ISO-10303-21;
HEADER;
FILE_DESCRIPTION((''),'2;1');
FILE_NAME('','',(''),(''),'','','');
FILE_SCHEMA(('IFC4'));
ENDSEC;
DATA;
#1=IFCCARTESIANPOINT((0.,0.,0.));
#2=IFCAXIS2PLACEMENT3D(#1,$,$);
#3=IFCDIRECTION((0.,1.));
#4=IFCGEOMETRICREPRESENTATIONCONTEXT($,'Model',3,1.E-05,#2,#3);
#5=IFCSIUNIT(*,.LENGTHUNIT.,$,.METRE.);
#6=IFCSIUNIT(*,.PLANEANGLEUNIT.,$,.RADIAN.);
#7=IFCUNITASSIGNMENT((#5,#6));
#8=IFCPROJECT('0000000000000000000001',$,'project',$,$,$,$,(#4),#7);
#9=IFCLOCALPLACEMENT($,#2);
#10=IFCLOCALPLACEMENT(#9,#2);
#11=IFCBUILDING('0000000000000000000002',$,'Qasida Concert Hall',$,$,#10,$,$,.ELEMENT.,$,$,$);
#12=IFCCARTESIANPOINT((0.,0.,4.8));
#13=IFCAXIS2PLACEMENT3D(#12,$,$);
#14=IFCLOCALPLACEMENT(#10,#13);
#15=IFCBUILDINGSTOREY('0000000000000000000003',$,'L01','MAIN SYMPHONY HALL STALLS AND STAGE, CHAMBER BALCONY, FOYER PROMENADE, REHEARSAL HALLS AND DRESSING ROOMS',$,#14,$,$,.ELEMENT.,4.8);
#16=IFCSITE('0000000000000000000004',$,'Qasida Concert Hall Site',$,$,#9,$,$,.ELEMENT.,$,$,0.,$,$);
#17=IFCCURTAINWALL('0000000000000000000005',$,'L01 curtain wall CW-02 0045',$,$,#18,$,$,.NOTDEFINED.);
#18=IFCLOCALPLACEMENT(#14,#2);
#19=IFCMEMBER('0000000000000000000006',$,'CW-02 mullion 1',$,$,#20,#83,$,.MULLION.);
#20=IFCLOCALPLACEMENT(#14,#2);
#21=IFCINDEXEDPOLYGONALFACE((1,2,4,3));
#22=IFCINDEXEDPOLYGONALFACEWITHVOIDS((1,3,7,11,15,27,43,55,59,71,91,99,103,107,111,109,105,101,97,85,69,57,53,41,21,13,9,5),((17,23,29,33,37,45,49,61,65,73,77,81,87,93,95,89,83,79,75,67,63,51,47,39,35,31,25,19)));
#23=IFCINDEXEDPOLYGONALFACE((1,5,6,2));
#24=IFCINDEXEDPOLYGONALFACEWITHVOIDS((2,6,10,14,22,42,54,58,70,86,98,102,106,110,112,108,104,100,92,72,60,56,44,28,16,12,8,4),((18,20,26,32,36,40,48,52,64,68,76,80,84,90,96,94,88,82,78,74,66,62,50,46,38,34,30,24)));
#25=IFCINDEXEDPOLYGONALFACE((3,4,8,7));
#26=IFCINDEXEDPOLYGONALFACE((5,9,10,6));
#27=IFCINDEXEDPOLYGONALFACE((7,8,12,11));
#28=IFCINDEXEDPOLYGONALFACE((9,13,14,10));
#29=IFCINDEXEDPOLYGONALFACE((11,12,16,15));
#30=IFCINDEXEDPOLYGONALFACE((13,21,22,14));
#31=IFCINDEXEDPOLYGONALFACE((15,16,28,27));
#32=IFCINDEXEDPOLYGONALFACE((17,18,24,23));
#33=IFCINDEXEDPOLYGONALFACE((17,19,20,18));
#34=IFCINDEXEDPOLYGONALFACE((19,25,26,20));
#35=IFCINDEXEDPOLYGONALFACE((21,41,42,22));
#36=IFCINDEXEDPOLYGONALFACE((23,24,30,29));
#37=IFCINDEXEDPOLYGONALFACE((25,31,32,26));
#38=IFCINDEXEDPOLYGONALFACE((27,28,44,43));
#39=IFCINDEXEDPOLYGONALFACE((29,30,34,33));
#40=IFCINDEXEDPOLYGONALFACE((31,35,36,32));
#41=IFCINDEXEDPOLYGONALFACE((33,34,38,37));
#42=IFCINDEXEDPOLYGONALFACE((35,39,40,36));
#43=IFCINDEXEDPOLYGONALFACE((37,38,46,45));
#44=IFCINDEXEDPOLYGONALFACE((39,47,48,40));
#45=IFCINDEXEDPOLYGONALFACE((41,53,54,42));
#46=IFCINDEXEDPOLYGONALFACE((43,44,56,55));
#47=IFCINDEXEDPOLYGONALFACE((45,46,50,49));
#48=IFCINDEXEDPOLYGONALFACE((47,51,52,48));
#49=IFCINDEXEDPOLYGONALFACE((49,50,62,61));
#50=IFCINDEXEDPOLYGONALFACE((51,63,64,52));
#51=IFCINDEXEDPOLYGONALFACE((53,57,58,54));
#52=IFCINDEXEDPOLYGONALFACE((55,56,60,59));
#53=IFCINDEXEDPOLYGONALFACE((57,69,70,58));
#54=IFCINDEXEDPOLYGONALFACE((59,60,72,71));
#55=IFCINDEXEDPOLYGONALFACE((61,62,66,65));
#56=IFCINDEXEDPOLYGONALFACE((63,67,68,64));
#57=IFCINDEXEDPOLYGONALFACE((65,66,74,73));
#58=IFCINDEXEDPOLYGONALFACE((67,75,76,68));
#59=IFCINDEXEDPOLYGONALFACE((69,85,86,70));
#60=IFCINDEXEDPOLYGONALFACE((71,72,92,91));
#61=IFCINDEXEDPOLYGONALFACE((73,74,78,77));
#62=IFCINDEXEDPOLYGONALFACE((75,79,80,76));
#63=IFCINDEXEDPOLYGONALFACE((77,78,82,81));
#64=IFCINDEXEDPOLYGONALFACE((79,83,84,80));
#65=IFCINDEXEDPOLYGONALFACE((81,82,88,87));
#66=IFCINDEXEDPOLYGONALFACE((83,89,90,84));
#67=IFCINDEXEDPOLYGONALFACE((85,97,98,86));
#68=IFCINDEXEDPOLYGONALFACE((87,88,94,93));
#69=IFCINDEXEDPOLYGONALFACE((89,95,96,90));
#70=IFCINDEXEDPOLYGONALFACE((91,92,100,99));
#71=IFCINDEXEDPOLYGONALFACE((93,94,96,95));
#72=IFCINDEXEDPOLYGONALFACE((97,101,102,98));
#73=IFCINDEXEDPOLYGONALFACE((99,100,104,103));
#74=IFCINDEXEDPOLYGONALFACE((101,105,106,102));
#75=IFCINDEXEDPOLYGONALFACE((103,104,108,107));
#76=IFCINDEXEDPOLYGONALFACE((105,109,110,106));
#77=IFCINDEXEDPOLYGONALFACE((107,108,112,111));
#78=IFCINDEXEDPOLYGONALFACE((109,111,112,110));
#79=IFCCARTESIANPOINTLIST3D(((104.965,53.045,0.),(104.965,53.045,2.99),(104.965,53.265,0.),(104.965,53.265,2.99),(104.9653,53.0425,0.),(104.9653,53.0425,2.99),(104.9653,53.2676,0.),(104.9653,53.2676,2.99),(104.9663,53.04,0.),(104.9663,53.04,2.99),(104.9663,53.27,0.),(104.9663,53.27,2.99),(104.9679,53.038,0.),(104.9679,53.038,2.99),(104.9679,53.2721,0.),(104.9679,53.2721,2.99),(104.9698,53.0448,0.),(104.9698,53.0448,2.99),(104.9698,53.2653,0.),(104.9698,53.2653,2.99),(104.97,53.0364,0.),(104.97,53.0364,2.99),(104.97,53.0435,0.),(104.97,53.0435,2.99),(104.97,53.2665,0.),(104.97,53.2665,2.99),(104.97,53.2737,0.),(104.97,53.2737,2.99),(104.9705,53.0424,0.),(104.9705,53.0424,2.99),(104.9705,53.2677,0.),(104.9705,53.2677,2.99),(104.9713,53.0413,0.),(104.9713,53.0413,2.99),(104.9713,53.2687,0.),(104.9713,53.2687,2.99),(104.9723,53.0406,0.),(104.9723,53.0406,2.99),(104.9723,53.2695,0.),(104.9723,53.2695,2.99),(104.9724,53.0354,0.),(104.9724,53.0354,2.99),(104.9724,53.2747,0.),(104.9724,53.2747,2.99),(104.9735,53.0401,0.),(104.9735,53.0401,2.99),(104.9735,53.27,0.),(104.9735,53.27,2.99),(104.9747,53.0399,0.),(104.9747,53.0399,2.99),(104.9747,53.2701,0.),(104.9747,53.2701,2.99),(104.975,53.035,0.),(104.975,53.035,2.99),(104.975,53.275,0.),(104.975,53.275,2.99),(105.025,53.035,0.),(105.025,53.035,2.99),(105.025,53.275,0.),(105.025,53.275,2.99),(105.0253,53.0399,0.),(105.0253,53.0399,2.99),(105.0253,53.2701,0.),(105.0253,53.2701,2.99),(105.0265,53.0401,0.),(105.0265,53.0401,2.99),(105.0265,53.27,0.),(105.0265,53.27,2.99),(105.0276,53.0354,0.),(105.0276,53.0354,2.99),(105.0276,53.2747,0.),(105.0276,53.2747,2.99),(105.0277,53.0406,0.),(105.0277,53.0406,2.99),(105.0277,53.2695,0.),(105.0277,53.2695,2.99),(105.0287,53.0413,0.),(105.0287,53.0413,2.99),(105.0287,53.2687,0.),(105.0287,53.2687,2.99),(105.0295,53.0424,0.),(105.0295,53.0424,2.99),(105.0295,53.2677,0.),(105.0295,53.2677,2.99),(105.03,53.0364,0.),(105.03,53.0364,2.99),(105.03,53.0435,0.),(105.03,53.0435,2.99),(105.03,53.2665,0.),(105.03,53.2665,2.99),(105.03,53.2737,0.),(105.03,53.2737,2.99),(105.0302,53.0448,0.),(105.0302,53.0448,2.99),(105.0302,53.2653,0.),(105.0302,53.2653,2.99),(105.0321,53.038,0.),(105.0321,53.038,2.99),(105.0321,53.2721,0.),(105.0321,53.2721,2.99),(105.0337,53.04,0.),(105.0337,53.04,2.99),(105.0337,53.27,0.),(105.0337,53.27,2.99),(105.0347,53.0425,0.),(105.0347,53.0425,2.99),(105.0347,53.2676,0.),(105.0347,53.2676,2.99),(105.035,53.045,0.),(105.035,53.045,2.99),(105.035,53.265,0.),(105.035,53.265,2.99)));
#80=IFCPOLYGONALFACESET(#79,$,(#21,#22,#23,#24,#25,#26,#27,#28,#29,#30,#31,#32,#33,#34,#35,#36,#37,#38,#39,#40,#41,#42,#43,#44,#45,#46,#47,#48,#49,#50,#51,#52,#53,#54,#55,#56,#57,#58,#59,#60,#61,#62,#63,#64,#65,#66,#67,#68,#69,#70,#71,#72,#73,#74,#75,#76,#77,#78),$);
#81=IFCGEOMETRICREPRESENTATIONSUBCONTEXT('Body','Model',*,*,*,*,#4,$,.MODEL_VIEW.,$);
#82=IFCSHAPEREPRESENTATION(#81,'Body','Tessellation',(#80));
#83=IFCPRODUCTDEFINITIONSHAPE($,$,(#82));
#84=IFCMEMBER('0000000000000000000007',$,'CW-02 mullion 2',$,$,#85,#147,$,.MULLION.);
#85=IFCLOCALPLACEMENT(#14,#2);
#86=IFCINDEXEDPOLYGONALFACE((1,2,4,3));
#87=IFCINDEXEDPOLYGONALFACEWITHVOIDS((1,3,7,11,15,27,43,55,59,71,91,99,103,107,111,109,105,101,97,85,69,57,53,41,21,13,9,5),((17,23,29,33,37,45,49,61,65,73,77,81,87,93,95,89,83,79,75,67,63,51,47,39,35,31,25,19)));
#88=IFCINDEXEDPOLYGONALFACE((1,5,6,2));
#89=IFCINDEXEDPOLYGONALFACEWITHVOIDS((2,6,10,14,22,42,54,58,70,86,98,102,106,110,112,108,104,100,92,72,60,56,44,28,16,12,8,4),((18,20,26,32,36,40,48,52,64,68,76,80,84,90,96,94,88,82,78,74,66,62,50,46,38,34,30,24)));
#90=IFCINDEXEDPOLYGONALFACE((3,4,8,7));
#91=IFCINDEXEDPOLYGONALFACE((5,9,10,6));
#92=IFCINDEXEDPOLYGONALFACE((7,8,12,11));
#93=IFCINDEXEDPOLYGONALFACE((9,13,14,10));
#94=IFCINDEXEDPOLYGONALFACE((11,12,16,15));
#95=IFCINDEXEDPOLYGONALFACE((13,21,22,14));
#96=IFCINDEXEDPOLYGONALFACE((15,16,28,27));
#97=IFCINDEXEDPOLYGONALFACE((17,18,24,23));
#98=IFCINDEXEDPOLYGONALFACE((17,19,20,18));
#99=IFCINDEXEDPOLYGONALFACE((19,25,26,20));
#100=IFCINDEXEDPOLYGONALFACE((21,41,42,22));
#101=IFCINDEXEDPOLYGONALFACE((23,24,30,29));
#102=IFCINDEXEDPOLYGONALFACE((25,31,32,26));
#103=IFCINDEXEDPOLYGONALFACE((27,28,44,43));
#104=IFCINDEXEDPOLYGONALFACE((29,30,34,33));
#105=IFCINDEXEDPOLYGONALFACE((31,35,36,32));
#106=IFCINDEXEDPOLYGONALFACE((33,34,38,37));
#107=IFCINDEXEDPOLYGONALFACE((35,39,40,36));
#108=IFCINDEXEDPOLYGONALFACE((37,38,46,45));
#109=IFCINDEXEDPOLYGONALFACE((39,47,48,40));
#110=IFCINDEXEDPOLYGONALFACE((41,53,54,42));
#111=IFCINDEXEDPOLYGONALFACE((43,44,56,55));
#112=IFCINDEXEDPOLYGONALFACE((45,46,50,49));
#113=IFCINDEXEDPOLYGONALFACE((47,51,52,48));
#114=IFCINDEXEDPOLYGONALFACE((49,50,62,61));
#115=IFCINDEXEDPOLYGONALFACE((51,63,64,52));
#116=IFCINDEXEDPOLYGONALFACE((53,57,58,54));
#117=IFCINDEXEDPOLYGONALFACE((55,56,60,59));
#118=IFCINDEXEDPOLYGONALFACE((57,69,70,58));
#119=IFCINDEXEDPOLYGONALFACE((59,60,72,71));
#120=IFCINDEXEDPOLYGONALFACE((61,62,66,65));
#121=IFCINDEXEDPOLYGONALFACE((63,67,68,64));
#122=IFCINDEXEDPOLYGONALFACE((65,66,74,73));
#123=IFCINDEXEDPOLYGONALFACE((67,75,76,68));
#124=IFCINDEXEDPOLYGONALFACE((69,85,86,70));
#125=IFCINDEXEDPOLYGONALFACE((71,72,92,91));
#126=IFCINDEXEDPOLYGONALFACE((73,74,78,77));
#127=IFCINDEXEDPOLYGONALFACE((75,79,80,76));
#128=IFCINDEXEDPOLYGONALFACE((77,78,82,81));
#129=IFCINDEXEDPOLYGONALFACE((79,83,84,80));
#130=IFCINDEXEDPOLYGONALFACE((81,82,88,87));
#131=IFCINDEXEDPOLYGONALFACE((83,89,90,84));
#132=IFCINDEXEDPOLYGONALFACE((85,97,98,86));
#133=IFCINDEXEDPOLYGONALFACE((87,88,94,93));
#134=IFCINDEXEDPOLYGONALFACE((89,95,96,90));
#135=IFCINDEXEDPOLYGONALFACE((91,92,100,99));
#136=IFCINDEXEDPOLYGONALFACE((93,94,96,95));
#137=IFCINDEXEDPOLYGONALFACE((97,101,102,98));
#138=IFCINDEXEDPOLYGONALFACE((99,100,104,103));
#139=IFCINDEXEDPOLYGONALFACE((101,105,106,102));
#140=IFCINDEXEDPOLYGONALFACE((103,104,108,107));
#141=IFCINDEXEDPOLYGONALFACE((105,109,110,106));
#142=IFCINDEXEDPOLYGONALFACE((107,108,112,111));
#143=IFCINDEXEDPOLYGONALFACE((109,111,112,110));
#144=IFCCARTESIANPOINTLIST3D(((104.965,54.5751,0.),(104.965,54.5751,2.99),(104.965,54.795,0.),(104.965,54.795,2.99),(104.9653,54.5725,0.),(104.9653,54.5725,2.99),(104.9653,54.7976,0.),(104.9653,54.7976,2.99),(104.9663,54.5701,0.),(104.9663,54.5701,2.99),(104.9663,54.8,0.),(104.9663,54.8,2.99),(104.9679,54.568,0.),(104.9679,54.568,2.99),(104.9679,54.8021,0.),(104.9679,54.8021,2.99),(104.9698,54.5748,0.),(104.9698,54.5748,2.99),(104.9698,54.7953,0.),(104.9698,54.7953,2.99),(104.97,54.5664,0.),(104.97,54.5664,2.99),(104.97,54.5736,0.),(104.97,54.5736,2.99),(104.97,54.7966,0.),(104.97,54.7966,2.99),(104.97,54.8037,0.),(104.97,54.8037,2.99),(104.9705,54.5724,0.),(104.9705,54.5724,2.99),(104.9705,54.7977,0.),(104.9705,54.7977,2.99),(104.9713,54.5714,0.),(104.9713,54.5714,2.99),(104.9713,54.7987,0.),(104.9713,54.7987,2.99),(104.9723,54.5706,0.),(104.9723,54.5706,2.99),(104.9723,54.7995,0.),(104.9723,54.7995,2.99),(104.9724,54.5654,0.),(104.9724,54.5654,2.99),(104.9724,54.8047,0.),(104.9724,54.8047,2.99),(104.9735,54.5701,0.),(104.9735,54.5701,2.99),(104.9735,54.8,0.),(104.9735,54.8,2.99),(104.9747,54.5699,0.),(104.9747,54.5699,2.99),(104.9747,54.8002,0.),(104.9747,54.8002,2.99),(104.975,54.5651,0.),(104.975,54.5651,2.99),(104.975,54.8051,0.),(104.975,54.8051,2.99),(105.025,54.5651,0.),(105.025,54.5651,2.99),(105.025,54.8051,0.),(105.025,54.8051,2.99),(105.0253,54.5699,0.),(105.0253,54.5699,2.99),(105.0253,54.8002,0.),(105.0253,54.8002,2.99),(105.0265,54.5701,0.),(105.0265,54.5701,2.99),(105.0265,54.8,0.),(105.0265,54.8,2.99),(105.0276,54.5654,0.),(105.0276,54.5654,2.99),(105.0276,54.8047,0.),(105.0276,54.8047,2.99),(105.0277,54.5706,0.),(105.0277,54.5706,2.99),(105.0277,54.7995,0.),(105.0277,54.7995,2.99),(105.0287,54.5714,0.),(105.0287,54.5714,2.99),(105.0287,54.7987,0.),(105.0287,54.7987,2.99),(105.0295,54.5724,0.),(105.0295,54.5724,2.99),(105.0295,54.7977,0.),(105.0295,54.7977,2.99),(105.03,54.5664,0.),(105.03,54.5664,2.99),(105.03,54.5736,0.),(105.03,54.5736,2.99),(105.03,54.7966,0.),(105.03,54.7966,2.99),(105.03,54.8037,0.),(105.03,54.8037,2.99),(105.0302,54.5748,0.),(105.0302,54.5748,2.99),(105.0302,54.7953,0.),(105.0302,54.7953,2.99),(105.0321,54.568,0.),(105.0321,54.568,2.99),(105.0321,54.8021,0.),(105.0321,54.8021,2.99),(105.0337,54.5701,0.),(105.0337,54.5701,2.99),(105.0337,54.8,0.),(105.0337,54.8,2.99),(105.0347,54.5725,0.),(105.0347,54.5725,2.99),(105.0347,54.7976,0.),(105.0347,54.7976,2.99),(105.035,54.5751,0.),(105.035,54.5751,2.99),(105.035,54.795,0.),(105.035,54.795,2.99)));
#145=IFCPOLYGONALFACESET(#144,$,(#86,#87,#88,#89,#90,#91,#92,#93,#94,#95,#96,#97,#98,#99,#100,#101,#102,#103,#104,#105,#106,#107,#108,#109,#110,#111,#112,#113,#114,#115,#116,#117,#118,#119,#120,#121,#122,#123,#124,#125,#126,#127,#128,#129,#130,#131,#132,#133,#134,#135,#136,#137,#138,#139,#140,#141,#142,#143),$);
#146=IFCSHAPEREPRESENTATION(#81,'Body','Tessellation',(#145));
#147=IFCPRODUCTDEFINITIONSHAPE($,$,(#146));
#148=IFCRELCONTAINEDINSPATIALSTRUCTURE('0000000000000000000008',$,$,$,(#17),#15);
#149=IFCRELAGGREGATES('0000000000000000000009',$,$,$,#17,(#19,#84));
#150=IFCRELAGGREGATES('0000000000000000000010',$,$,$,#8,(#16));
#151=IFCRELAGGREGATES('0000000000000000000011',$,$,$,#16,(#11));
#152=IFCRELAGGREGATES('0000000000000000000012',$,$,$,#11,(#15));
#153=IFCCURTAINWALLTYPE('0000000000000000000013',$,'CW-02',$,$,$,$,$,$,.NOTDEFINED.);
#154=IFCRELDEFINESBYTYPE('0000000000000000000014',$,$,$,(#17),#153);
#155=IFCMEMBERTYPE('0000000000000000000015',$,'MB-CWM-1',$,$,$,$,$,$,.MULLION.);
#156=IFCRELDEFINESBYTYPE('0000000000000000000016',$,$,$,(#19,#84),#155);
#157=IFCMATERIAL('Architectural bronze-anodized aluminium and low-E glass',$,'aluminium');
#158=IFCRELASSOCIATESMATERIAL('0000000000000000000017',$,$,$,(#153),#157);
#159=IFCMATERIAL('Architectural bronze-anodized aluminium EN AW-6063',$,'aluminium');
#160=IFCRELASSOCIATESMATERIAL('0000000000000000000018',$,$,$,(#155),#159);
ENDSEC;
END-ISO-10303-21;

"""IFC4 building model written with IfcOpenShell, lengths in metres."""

from ifc_helpers import new_model, si_unit, direction, frame, origin, origin_2d, place, context, subcontext, project, spatial, hollow_rectangle, extrude, material, material_profile, profile_set, type_object, element, aggregate, save


model = new_model("IFC4")

# Units and contexts
model_context = context("Model", 3, precision=1e-05, world=origin(), true_north=direction((0.0, 1.0)))
body_context = subcontext(model_context, "Body", "Model", "MODEL_VIEW")
ifc_project = project(units=[si_unit("LENGTHUNIT", "METRE"), si_unit("PLANEANGLEUNIT", "RADIAN")], contexts=[model_context])

# Site, building, storey
site_placement = place(None, origin())
site = spatial("IfcSite", under=ifc_project, at=site_placement, Name="Qasida Concert Hall Site", CompositionType="ELEMENT", RefElevation=0.0)
building_placement = place(site_placement, origin())
building = spatial("IfcBuilding", under=site, at=building_placement, Name="Qasida Concert Hall", CompositionType="ELEMENT")
storey_placement = place(building_placement, frame((0.0, 0.0, 4.8)))
storey = spatial("IfcBuildingStorey", under=building, at=storey_placement, Name="L01", Description="MAIN SYMPHONY HALL STALLS AND STAGE, CHAMBER BALCONY, FOYER PROMENADE, REHEARSAL HALLS AND DRESSING ROOMS", CompositionType="ELEMENT", Elevation=4.8)

# Curtain wall, members
ifc_material_1 = material(Name="Architectural bronze-anodized aluminium and low-E glass", Category="aluminium")
curtain_wall_type = type_object("IfcCurtainWallType", Name="CW-02", PredefinedType="NOTDEFINED", material=ifc_material_1)
curtain_wall_placement = place(storey_placement, origin())
curtain_wall = element("IfcCurtainWall", 1, at=curtain_wall_placement, inside=storey, type_object=curtain_wall_type, Name="L01 curtain wall CW-02 0045", PredefinedType="NOTDEFINED")
ifc_material_2 = material(Name="Architectural bronze-anodized aluminium EN AW-6063", Category="aluminium")
ifc_material_profile_1 = material_profile(ifc_material_2, hollow_rectangle(XDim=0.0701, YDim=0.24, WallThickness=0.0049, InnerFilletRadius=0.0049, OuterFilletRadius=0.01, at=origin_2d()), Name="CWM 240x70x5")
ifc_profile_set_1 = profile_set([ifc_material_profile_1], Name="Architectural bronze-anodized aluminium EN AW-6063")
member_type_1 = type_object("IfcMemberType", Name="MB-CWM-1", PredefinedType="MULLION", material=ifc_profile_set_1)
member_1_placement = place(storey_placement, frame((105.0, 53.155, 0.0), z_axis=(0.0, 0.0, 1.0), x_axis=(-1.0, 0.0, 0.0)))
member_1 = element("IfcMember", 2, at=member_1_placement, type_object=member_type_1, Name="CW-02 mullion 1", PredefinedType="MULLION", context=body_context, shape_type="SweptSolid", body=[
    extrude(hollow_rectangle(XDim=0.0701, YDim=0.24, WallThickness=0.0049, InnerFilletRadius=0.0049, OuterFilletRadius=0.01, at=origin_2d()), origin(), (0.0, 0.0, 1.0), 2.99),
])
member_2_placement = place(storey_placement, frame((105.0, 54.6851, 0.0), z_axis=(0.0, 0.0, 1.0), x_axis=(-1.0, 0.0, 0.0)))
member_2 = element("IfcMember", 3, at=member_2_placement, type_object=member_type_1, Name="CW-02 mullion 2", PredefinedType="MULLION", context=body_context, shape_type="SweptSolid", body=[
    extrude(hollow_rectangle(XDim=0.0701, YDim=0.24, WallThickness=0.0049, InnerFilletRadius=0.0049, OuterFilletRadius=0.01, at=origin_2d()), origin(), (0.0, 0.0, 1.0), 2.99),
])
aggregate(curtain_wall, [member_1, member_2])

save(model, "model.ifc")
